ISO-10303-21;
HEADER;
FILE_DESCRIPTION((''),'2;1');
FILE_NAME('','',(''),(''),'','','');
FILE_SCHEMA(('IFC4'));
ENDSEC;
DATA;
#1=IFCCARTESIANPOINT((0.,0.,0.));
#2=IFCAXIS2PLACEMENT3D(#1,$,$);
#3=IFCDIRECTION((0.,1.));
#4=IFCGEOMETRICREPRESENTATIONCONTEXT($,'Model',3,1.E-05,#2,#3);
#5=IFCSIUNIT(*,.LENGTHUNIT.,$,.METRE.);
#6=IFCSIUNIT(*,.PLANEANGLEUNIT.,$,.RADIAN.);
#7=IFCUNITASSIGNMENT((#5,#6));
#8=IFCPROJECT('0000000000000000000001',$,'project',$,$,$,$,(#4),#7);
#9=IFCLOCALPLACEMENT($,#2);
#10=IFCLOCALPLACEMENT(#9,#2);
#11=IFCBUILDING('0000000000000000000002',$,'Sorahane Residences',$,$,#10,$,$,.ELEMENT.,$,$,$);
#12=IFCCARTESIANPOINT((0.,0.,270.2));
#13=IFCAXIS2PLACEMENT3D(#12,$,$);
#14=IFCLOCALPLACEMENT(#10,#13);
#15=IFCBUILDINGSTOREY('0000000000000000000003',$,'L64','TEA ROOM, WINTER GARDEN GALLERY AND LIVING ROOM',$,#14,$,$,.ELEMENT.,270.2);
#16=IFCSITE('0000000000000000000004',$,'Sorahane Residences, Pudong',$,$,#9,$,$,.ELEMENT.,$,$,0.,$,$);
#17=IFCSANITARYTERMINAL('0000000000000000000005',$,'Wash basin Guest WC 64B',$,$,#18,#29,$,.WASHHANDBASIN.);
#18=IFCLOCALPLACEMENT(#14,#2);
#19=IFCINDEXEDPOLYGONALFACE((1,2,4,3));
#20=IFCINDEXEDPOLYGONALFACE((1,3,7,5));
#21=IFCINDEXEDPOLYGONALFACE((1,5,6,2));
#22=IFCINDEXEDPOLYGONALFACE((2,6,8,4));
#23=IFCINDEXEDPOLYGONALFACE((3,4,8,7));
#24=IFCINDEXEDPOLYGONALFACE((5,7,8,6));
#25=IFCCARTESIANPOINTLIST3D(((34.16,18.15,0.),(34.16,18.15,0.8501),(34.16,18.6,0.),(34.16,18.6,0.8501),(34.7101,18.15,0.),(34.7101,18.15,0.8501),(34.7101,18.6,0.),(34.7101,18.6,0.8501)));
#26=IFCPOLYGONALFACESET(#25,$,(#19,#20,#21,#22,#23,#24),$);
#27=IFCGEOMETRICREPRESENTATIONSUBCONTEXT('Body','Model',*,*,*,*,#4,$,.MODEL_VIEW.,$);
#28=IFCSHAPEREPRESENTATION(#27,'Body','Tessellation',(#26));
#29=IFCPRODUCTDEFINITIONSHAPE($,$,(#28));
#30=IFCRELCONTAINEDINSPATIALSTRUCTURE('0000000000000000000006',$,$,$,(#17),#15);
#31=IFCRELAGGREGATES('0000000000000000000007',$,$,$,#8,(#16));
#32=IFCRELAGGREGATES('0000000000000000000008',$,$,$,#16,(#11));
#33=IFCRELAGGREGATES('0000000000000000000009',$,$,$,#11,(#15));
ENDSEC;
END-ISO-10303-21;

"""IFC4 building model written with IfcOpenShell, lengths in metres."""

from ifc_helpers import new_model, si_unit, direction, frame, origin, origin_2d, place, context, subcontext, project, spatial, rectangle, extrude, element, save


model = new_model("IFC4")

# Units and contexts
model_context = context("Model", 3, precision=1e-05, world=origin(), true_north=direction((0.0, 1.0)))
body_context = subcontext(model_context, "Body", "Model", "MODEL_VIEW")
ifc_project = project(units=[si_unit("LENGTHUNIT", "METRE"), si_unit("PLANEANGLEUNIT", "RADIAN")], contexts=[model_context])

# Site, building, storey
site_placement = place(None, origin())
site = spatial("IfcSite", under=ifc_project, at=site_placement, Name="Sorahane Residences, Pudong", CompositionType="ELEMENT", RefElevation=0.0)
building_placement = place(site_placement, origin())
building = spatial("IfcBuilding", under=site, at=building_placement, Name="Sorahane Residences", CompositionType="ELEMENT")
storey_placement = place(building_placement, frame((0.0, 0.0, 270.2)))
storey = spatial("IfcBuildingStorey", under=building, at=storey_placement, Name="L64", Description="TEA ROOM, WINTER GARDEN GALLERY AND LIVING ROOM", CompositionType="ELEMENT", Elevation=270.2)

# Sanitary terminal
sanitary_terminal_1_placement = place(storey_placement, frame((34.4351, 18.375, 0.0), z_axis=(0.0, 0.0, 1.0), x_axis=(1.0, 0.0, 0.0)))
element("IfcSanitaryTerminal", 1, at=sanitary_terminal_1_placement, inside=storey, Name="Wash basin Guest WC 64B", PredefinedType="WASHHANDBASIN", context=body_context, shape_type="SweptSolid", body=[
    extrude(rectangle(XDim=0.55, YDim=0.45, at=origin_2d()), origin(), (0.0, 0.0, 1.0), 0.8501),
])

save(model, "model.ifc")
